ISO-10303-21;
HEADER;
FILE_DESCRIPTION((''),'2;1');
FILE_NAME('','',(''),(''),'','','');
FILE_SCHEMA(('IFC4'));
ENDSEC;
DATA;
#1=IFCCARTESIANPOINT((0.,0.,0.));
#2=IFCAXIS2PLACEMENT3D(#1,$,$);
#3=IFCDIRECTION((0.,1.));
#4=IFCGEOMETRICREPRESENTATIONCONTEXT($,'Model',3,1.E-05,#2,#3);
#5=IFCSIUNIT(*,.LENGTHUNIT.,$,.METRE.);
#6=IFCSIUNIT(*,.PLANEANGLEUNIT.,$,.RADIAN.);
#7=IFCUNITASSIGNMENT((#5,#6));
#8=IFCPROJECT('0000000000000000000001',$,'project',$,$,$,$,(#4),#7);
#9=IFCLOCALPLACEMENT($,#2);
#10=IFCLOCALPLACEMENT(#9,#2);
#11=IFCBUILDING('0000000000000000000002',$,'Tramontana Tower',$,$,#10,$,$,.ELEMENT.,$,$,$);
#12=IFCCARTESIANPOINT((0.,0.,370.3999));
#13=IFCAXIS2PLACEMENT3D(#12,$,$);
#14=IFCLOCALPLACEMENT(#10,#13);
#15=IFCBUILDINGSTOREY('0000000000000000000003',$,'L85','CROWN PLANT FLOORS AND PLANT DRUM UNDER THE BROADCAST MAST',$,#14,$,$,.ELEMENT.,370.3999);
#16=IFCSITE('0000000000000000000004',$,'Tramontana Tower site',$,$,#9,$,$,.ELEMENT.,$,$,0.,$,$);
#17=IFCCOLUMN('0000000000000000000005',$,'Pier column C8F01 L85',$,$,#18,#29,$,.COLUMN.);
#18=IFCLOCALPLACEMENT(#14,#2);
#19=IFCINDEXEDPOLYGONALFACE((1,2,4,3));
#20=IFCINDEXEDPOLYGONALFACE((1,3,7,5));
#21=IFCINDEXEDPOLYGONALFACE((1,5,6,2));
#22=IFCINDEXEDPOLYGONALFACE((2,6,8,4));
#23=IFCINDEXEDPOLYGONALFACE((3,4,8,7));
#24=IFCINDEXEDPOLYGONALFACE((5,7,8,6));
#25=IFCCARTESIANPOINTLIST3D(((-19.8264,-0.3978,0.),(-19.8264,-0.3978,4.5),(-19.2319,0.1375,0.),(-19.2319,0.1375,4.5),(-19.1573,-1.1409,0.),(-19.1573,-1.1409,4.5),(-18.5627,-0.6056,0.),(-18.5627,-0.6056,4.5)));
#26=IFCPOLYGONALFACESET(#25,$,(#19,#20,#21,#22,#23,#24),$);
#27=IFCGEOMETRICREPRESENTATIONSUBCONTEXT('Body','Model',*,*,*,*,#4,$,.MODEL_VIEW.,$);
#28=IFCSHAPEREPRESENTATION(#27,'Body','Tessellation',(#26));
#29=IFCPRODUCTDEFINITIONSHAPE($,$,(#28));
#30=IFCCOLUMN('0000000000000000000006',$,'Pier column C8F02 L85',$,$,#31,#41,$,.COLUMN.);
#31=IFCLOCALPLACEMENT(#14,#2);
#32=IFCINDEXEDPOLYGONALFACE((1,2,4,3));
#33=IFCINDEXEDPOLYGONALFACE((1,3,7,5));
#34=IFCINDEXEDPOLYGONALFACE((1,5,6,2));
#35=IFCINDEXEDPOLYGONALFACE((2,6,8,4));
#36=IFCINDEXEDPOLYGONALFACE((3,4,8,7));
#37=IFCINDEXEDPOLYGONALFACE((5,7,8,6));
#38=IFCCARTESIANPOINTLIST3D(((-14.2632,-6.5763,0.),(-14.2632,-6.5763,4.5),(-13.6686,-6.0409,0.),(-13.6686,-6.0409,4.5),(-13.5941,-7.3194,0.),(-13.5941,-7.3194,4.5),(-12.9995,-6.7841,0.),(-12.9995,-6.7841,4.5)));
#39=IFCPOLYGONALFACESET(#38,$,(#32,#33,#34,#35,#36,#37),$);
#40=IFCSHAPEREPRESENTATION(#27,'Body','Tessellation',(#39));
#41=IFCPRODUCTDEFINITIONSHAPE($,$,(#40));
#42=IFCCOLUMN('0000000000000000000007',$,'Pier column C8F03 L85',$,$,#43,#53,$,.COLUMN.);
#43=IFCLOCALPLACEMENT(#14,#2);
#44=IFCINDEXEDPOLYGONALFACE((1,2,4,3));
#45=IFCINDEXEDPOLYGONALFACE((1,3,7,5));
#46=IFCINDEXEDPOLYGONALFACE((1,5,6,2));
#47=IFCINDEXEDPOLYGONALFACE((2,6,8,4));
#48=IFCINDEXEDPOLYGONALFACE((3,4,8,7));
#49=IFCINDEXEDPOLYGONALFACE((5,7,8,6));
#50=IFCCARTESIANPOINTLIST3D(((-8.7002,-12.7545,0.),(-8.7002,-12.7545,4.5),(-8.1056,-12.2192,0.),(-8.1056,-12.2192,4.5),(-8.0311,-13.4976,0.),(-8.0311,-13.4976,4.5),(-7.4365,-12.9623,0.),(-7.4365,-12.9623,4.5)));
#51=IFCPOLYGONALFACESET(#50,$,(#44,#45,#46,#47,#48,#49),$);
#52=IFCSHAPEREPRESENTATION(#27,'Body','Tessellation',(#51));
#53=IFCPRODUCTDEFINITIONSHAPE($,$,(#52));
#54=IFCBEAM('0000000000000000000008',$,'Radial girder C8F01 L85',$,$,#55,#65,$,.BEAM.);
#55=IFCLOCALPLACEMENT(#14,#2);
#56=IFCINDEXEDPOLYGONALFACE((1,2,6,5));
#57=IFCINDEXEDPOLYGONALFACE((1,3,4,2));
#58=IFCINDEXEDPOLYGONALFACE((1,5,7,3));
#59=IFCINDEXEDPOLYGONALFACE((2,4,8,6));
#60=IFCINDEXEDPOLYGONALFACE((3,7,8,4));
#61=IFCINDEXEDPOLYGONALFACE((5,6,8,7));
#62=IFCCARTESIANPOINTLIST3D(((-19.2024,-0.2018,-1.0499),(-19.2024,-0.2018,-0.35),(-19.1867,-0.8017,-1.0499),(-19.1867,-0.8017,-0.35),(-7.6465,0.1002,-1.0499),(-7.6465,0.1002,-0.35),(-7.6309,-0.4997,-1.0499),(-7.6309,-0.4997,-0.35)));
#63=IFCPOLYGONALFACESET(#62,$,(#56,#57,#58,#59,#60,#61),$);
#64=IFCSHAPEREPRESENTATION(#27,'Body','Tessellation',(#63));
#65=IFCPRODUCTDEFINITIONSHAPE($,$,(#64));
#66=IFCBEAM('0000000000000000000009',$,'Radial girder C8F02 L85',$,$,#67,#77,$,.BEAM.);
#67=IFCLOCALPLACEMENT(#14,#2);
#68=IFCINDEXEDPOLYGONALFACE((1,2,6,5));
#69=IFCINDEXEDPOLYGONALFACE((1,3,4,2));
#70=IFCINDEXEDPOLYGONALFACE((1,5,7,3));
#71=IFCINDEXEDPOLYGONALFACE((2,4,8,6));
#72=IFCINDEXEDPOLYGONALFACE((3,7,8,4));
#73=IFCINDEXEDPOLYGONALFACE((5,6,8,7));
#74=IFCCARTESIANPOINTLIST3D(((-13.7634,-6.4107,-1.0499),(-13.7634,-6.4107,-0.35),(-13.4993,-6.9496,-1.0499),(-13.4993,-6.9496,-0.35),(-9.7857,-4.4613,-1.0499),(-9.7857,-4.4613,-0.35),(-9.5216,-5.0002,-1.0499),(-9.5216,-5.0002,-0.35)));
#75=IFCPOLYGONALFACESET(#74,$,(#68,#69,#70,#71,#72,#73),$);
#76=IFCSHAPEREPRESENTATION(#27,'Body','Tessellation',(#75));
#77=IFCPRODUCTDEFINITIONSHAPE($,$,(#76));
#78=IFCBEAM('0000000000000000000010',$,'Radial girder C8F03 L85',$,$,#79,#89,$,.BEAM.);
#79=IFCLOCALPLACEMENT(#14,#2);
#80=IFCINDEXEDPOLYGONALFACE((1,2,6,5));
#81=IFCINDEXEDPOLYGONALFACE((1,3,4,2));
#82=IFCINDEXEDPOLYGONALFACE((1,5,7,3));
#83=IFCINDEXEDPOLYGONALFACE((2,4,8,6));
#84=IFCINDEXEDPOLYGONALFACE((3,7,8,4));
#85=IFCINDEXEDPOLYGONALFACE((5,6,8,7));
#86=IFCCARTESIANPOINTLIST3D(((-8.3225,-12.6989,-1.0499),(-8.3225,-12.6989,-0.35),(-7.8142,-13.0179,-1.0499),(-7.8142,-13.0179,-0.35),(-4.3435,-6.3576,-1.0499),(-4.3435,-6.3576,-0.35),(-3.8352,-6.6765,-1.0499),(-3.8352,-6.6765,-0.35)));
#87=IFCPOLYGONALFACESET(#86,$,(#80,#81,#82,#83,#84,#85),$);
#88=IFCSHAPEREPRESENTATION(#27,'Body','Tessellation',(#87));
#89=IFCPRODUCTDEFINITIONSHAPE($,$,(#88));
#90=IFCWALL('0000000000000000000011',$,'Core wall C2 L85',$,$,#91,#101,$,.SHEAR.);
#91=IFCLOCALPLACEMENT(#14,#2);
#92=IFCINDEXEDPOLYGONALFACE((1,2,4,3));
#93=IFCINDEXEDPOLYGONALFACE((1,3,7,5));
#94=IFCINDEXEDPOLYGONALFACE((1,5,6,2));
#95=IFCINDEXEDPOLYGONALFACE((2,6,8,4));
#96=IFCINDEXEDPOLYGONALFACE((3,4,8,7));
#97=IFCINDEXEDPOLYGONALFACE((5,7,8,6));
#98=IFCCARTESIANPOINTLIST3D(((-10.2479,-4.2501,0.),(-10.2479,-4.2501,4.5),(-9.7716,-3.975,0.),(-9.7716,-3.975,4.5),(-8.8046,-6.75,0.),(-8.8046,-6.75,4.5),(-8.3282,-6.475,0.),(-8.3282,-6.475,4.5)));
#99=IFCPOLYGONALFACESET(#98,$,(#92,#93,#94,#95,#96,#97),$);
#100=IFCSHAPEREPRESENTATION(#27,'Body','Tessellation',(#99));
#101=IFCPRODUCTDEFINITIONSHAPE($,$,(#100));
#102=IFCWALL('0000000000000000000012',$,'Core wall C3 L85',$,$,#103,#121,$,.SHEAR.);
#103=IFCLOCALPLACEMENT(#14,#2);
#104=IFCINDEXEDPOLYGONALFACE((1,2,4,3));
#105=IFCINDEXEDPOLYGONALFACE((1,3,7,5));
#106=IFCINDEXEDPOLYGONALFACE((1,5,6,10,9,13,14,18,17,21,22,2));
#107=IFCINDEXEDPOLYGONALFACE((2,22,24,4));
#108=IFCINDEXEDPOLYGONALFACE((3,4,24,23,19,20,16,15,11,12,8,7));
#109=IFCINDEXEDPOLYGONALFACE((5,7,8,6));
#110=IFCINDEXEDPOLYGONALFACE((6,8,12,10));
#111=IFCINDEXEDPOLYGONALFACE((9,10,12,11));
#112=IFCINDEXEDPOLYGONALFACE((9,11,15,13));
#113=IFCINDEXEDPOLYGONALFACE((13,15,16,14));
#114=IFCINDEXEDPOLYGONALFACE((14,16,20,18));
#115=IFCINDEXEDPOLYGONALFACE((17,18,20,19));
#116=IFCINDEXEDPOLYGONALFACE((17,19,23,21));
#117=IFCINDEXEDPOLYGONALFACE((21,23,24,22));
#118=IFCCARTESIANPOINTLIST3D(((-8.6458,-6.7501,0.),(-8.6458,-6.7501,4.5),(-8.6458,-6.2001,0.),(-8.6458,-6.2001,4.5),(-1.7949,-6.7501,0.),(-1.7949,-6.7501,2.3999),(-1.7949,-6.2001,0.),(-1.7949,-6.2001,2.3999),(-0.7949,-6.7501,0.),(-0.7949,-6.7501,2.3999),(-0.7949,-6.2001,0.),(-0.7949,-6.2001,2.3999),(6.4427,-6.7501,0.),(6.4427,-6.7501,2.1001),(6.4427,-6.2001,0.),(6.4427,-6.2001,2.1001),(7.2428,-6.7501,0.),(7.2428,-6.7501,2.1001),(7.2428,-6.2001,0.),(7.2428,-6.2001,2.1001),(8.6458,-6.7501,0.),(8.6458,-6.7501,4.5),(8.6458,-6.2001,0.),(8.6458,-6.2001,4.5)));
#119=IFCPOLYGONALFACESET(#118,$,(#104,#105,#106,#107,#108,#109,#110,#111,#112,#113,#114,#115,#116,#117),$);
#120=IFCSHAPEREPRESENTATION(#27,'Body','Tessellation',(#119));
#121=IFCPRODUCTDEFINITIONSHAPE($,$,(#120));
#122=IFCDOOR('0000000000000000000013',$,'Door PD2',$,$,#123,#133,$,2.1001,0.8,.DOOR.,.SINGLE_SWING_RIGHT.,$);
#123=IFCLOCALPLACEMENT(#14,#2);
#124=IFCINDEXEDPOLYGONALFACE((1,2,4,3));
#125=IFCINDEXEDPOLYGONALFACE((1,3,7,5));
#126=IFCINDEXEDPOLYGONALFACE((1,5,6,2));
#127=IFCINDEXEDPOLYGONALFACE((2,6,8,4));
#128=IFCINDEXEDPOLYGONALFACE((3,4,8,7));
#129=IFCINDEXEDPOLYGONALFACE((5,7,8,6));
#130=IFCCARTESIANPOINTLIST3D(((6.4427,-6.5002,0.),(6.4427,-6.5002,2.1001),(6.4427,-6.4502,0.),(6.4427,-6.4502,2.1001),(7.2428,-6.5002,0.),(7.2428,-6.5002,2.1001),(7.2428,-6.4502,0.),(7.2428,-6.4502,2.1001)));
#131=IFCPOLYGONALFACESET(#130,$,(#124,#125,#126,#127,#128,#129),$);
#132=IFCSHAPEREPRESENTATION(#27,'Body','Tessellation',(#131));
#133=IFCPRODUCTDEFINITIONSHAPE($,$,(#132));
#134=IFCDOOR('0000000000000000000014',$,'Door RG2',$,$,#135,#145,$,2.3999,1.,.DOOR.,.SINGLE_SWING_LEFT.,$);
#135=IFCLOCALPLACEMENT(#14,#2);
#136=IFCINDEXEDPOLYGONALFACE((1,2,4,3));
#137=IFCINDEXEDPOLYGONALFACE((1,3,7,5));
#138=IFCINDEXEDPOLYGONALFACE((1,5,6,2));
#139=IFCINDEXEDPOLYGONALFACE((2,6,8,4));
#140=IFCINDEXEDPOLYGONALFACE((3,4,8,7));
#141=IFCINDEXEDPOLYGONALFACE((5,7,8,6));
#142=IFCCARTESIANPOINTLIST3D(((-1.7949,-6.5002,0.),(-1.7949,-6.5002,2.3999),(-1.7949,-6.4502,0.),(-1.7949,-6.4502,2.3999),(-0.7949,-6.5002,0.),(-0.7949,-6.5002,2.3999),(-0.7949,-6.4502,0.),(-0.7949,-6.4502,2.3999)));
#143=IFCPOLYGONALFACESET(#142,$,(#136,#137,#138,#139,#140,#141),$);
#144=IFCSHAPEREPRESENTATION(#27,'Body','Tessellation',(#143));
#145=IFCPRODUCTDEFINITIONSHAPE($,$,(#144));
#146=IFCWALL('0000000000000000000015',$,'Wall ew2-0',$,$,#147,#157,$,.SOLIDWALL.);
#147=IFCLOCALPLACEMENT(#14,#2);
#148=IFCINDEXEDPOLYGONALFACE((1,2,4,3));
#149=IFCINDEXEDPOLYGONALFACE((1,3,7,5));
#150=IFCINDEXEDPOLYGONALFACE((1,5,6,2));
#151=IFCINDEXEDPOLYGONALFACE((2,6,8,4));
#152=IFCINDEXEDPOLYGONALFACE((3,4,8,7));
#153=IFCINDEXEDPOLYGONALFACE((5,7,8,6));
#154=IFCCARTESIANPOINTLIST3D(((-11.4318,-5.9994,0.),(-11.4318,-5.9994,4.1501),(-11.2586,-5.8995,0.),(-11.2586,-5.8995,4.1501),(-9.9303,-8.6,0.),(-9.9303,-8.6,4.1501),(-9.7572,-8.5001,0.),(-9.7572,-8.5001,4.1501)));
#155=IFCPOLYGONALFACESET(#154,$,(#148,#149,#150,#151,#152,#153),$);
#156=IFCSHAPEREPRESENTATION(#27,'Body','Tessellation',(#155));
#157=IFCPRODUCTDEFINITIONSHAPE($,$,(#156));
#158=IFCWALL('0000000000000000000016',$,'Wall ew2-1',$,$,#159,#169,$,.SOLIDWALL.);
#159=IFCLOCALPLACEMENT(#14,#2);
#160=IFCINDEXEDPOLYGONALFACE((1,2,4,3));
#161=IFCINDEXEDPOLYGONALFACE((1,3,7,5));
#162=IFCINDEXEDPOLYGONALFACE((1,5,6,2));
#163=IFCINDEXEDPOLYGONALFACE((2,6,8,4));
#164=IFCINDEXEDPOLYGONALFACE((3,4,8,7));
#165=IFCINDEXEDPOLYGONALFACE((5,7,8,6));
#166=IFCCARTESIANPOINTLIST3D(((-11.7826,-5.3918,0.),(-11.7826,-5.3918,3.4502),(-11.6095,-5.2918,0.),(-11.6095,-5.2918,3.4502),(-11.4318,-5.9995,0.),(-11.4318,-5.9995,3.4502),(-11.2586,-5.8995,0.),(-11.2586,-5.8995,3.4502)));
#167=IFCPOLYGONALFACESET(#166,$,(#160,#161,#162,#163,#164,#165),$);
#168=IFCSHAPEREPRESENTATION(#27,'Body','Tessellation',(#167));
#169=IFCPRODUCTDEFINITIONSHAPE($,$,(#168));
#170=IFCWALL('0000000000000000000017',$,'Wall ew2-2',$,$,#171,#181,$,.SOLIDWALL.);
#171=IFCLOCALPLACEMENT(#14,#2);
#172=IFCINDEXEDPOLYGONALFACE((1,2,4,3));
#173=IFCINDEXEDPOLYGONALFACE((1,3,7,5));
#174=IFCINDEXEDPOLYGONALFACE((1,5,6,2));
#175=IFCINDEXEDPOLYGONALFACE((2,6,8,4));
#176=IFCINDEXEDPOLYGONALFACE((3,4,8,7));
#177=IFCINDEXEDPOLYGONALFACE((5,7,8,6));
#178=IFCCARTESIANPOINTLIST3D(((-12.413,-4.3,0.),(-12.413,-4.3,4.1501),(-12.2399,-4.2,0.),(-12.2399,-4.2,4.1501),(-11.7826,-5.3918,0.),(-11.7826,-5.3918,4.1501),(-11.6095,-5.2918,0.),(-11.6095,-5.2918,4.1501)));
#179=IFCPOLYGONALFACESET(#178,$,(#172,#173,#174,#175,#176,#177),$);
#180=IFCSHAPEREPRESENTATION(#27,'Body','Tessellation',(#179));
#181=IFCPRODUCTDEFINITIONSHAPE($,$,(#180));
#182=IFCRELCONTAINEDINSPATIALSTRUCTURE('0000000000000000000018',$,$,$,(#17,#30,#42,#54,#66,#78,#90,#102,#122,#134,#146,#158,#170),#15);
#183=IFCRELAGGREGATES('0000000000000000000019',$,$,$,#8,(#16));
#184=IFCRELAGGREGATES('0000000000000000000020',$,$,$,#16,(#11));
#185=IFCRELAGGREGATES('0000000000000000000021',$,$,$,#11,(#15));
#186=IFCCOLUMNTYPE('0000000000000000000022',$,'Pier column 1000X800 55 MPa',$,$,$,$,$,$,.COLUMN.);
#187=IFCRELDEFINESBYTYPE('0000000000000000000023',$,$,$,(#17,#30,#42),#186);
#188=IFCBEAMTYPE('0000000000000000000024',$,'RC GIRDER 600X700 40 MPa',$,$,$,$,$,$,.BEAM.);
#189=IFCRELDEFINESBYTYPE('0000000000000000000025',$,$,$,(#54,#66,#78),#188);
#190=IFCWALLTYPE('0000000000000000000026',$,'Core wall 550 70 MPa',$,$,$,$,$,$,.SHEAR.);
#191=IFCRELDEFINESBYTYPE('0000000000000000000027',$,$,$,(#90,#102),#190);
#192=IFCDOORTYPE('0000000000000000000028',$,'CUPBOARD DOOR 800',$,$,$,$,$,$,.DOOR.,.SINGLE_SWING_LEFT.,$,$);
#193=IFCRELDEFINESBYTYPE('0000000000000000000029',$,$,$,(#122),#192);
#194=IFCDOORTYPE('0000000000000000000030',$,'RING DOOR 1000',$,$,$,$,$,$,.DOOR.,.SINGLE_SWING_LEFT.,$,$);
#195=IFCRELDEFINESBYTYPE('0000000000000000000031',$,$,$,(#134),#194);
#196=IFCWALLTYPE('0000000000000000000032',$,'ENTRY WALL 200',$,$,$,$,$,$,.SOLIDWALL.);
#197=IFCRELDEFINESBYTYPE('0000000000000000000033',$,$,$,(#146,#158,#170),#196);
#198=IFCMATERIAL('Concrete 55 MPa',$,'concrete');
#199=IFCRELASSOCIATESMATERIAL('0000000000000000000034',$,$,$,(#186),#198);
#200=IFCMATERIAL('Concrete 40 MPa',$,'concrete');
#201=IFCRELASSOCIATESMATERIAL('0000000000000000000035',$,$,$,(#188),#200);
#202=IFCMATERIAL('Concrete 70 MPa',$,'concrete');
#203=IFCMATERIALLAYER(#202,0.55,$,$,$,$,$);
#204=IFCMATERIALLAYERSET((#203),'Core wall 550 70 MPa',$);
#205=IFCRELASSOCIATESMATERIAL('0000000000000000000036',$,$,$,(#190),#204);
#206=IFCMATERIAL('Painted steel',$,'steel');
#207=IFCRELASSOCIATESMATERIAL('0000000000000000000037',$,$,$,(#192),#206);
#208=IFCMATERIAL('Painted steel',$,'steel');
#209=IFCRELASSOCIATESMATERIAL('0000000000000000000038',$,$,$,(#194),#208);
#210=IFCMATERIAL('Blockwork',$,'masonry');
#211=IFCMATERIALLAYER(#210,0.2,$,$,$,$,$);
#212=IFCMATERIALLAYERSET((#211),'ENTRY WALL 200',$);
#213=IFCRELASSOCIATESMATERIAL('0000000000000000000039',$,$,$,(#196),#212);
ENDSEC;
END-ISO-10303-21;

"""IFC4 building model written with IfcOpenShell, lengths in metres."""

from ifc_helpers import new_model, si_unit, direction, frame, frame_2d, origin, origin_2d, place, context, subcontext, project, spatial, rectangle, extrude, material, layer, layer_set, material_profile, profile_set, type_object, element, fill, save


model = new_model("IFC4")

# Units and contexts
model_context = context("Model", 3, precision=1e-05, world=origin(), true_north=direction((0.0, 1.0)))
body_context = subcontext(model_context, "Body", "Model", "MODEL_VIEW")
ifc_project = project(units=[si_unit("LENGTHUNIT", "METRE"), si_unit("PLANEANGLEUNIT", "RADIAN")], contexts=[model_context])

# Site, building, storey
site_placement = place(None, origin())
site = spatial("IfcSite", under=ifc_project, at=site_placement, Name="Tramontana Tower site", CompositionType="ELEMENT", RefElevation=0.0)
building_placement = place(site_placement, origin())
building = spatial("IfcBuilding", under=site, at=building_placement, Name="Tramontana Tower", CompositionType="ELEMENT")
storey_placement = place(building_placement, frame((0.0, 0.0, 370.3999)))
storey = spatial("IfcBuildingStorey", under=building, at=storey_placement, Name="L85", Description="CROWN PLANT FLOORS AND PLANT DRUM UNDER THE BROADCAST MAST", CompositionType="ELEMENT", Elevation=370.3999)

# Columns
ifc_material_1 = material(Name="Concrete 55 MPa", Category="concrete")
ifc_material_profile_1 = material_profile(ifc_material_1, rectangle(XDim=1.0, YDim=0.8, at=origin_2d()), Name="Pier column 1000X800 55 MPa")
ifc_profile_set_1 = profile_set([ifc_material_profile_1], Name="Concrete 55 MPa")
column_type = type_object("IfcColumnType", Name="Pier column 1000X800 55 MPa", PredefinedType="COLUMN", material=ifc_profile_set_1)
for number, where, z_axis, x_axis, name in (
    (1, (-19.1946, -0.5017, 0.0), (0.0, 0.0, 1.0), (0.669131, -0.743145, 0.0), "Pier column C8F01 L85"),
    (2, (-13.6313, -6.6802, 0.0), (0.0, 0.0, 1.0), (0.669131, -0.743145, 0.0), "Pier column C8F02 L85"),
    (3, (-8.0684, -12.8584, 0.0), (0.0, 0.0, 1.0), (0.669131, -0.743145, 0.0), "Pier column C8F03 L85"),
):
    element("IfcColumn", number, at=place(storey_placement, frame(where, z_axis=z_axis, x_axis=x_axis)), inside=storey, type_object=column_type, Name=name, PredefinedType="COLUMN", context=body_context, shape_type="SweptSolid", body=[
        extrude(rectangle(XDim=1.0, YDim=0.8, at=origin_2d()), origin(), (0.0, 0.0, 1.0), 4.5),
    ])

# Beams
ifc_material_2 = material(Name="Concrete 40 MPa", Category="concrete")
ifc_material_profile_2 = material_profile(ifc_material_2, rectangle(XDim=0.6001, YDim=0.7, at=origin_2d()), Name="RC GIRDER 600X700 40 MPa")
ifc_profile_set_2 = profile_set([ifc_material_profile_2], Name="Concrete 40 MPa")
beam_type = type_object("IfcBeamType", Name="RC GIRDER 600X700 40 MPa", PredefinedType="BEAM", material=ifc_profile_set_2)
beam_1_placement = place(storey_placement, frame((-19.1946, -0.5017, -0.7), z_axis=(0.999659, 0.026125, 0.0), x_axis=(-0.026125, 0.999659, 0.0)))
element("IfcBeam", 4, at=beam_1_placement, inside=storey, type_object=beam_type, Name="Radial girder C8F01 L85", PredefinedType="BEAM", context=body_context, shape_type="SweptSolid", body=[
    extrude(rectangle(XDim=0.6001, YDim=0.7, at=origin_2d()), origin(), (0.0, 0.0, 1.0), 11.5598),
])
beam_2_placement = place(storey_placement, frame((-13.6313, -6.6802, -0.7), z_axis=(0.897959, 0.440079, 0.0), x_axis=(-0.440079, 0.897959, 0.0)))
element("IfcBeam", 5, at=beam_2_placement, inside=storey, type_object=beam_type, Name="Radial girder C8F02 L85", PredefinedType="BEAM", context=body_context, shape_type="SweptSolid", body=[
    extrude(rectangle(XDim=0.6001, YDim=0.7, at=origin_2d()), origin(), (0.0, 0.0, 1.0), 4.4297),
])
beam_3_placement = place(storey_placement, frame((-8.0684, -12.8584, -0.7), z_axis=(0.531505, 0.847055, 0.0), x_axis=(-0.847055, 0.531505, 0.0)))
element("IfcBeam", 6, at=beam_3_placement, inside=storey, type_object=beam_type, Name="Radial girder C8F03 L85", PredefinedType="BEAM", context=body_context, shape_type="SweptSolid", body=[
    extrude(rectangle(XDim=0.6001, YDim=0.7, at=origin_2d()), origin(), (0.0, 0.0, 1.0), 7.4863),
])

# Wall
ifc_material_3 = material(Name="Concrete 70 MPa", Category="concrete")
ifc_layer_1 = layer(ifc_material_3, 0.55)
ifc_layer_set_1 = layer_set([ifc_layer_1], Name="Core wall 550 70 MPa")
wall_type_1 = type_object("IfcWallType", Name="Core wall 550 70 MPa", PredefinedType="SHEAR", material=ifc_layer_set_1)
wall_1_placement = place(storey_placement, frame((-10.0098, -4.1125, 0.0), z_axis=(0.0, 0.0, 1.0), x_axis=(0.499996, -0.866028, 0.0)))
element("IfcWall", 7, at=wall_1_placement, inside=storey, type_object=wall_type_1, Name="Core wall C2 L85", PredefinedType="SHEAR", context=body_context, shape_type="SweptSolid", body=[
    extrude(rectangle(XDim=2.8867, YDim=0.55, at=frame_2d((1.4434, 0.0))), origin(), (0.0, 0.0, 1.0), 4.5),
])

# Wall, openings, doors
wall_2_placement = place(storey_placement, frame((-8.6458, -6.4751, 0.0), z_axis=(0.0, 0.0, 1.0), x_axis=(1.0, 0.0, 0.0)))
wall_2 = element("IfcWall", 8, at=wall_2_placement, inside=storey, type_object=wall_type_1, Name="Core wall C3 L85", PredefinedType="SHEAR", context=body_context, shape_type="SweptSolid", body=[
    extrude(rectangle(XDim=17.2915, YDim=0.55, at=frame_2d((8.6458, 0.0))), origin(), (0.0, 0.0, 1.0), 4.5),
])
opening_1_placement = place(wall_2_placement, frame((6.8508, 0.0, 0.0)))
opening_1 = element("IfcOpeningElement", 9, at=opening_1_placement, cuts=wall_2, PredefinedType="OPENING", context=body_context, shape_type="SweptSolid", body=[
    extrude(rectangle(XDim=1.0, YDim=2.3999, at=frame_2d((0.5, 1.2))), frame((0.0, 0.2849, 0.0), z_axis=(0.0, -1.0, 0.0), x_axis=(1.0, 0.0, 0.0)), (0.0, 0.0, 1.0), 0.5701),
])
opening_2_placement = place(wall_2_placement, frame((15.0886, 0.0, 0.0)))
opening_2 = element("IfcOpeningElement", 10, at=opening_2_placement, cuts=wall_2, PredefinedType="OPENING", context=body_context, shape_type="SweptSolid", body=[
    extrude(rectangle(XDim=0.8, YDim=2.1001, at=frame_2d((0.3999, 1.05))), frame((0.0, 0.2849, 0.0), z_axis=(0.0, -1.0, 0.0), x_axis=(1.0, 0.0, 0.0)), (0.0, 0.0, 1.0), 0.5701),
])
ifc_material_4 = material(Name="Painted steel", Category="steel")
door_type_1 = type_object("IfcDoorType", Name="CUPBOARD DOOR 800", OperationType="SINGLE_SWING_LEFT", PredefinedType="DOOR", material=ifc_material_4)
door_1_placement = place(opening_2_placement, origin())
door_1 = element("IfcDoor", 11, at=door_1_placement, inside=storey, type_object=door_type_1, Name="Door PD2", OperationType="SINGLE_SWING_RIGHT", OverallHeight=2.1001, OverallWidth=0.8, PredefinedType="DOOR", context=body_context, shape_type="SweptSolid", body=[
    extrude(rectangle(XDim=0.8, YDim=2.1001, at=frame_2d((0.3999, 1.05))), frame((0.0, 0.0249, 0.0), z_axis=(0.0, -1.0, 0.0), x_axis=(1.0, 0.0, 0.0)), (0.0, 0.0, 1.0), 0.05),
])
fill(opening_2, door_1)
ifc_material_5 = material(Name="Painted steel", Category="steel")
door_type_2 = type_object("IfcDoorType", Name="RING DOOR 1000", OperationType="SINGLE_SWING_LEFT", PredefinedType="DOOR", material=ifc_material_5)
door_2_placement = place(opening_1_placement, origin())
door_2 = element("IfcDoor", 12, at=door_2_placement, inside=storey, type_object=door_type_2, Name="Door RG2", OperationType="SINGLE_SWING_LEFT", OverallHeight=2.3999, OverallWidth=1.0, PredefinedType="DOOR", context=body_context, shape_type="SweptSolid", body=[
    extrude(rectangle(XDim=1.0, YDim=2.3999, at=frame_2d((0.5, 1.2))), frame((0.0, 0.0249, 0.0), z_axis=(0.0, -1.0, 0.0), x_axis=(1.0, 0.0, 0.0)), (0.0, 0.0, 1.0), 0.05),
])
fill(opening_1, door_2)

# Walls
ifc_material_6 = material(Name="Blockwork", Category="masonry")
ifc_layer_2 = layer(ifc_material_6, 0.2)
ifc_layer_set_2 = layer_set([ifc_layer_2], Name="ENTRY WALL 200")
wall_type_2 = type_object("IfcWallType", Name="ENTRY WALL 200", PredefinedType="SOLIDWALL", material=ifc_layer_set_2)
wall_3_placement = place(storey_placement, frame((-9.8438, -8.55, 0.0), z_axis=(0.0, 0.0, 1.0), x_axis=(-0.500004, 0.866023, 0.0)))
element("IfcWall", 13, at=wall_3_placement, inside=storey, type_object=wall_type_2, Name="Wall ew2-0", PredefinedType="SOLIDWALL", context=body_context, shape_type="SweptSolid", body=[
    extrude(rectangle(XDim=3.0029, YDim=0.2, at=frame_2d((1.5015, 0.0))), origin(), (0.0, 0.0, 1.0), 4.1501),
])
wall_4_placement = place(storey_placement, frame((-11.3452, -5.9495, 0.0), z_axis=(0.0, 0.0, 1.0), x_axis=(-0.499994, 0.866029, 0.0)))
element("IfcWall", 14, at=wall_4_placement, inside=storey, type_object=wall_type_2, Name="Wall ew2-1", PredefinedType="SOLIDWALL", context=body_context, shape_type="SweptSolid", body=[
    extrude(rectangle(XDim=0.7017, YDim=0.2, at=frame_2d((0.3508, 0.0))), origin(), (0.0, 0.0, 1.0), 3.4502),
])
wall_5_placement = place(storey_placement, frame((-11.696, -5.3418, 0.0), z_axis=(0.0, 0.0, 1.0), x_axis=(-0.500013, 0.866018, 0.0)))
element("IfcWall", 15, at=wall_5_placement, inside=storey, type_object=wall_type_2, Name="Wall ew2-2", PredefinedType="SOLIDWALL", context=body_context, shape_type="SweptSolid", body=[
    extrude(rectangle(XDim=1.2607, YDim=0.2, at=frame_2d((0.6304, 0.0))), origin(), (0.0, 0.0, 1.0), 4.1501),
])

save(model, "model.ifc")
